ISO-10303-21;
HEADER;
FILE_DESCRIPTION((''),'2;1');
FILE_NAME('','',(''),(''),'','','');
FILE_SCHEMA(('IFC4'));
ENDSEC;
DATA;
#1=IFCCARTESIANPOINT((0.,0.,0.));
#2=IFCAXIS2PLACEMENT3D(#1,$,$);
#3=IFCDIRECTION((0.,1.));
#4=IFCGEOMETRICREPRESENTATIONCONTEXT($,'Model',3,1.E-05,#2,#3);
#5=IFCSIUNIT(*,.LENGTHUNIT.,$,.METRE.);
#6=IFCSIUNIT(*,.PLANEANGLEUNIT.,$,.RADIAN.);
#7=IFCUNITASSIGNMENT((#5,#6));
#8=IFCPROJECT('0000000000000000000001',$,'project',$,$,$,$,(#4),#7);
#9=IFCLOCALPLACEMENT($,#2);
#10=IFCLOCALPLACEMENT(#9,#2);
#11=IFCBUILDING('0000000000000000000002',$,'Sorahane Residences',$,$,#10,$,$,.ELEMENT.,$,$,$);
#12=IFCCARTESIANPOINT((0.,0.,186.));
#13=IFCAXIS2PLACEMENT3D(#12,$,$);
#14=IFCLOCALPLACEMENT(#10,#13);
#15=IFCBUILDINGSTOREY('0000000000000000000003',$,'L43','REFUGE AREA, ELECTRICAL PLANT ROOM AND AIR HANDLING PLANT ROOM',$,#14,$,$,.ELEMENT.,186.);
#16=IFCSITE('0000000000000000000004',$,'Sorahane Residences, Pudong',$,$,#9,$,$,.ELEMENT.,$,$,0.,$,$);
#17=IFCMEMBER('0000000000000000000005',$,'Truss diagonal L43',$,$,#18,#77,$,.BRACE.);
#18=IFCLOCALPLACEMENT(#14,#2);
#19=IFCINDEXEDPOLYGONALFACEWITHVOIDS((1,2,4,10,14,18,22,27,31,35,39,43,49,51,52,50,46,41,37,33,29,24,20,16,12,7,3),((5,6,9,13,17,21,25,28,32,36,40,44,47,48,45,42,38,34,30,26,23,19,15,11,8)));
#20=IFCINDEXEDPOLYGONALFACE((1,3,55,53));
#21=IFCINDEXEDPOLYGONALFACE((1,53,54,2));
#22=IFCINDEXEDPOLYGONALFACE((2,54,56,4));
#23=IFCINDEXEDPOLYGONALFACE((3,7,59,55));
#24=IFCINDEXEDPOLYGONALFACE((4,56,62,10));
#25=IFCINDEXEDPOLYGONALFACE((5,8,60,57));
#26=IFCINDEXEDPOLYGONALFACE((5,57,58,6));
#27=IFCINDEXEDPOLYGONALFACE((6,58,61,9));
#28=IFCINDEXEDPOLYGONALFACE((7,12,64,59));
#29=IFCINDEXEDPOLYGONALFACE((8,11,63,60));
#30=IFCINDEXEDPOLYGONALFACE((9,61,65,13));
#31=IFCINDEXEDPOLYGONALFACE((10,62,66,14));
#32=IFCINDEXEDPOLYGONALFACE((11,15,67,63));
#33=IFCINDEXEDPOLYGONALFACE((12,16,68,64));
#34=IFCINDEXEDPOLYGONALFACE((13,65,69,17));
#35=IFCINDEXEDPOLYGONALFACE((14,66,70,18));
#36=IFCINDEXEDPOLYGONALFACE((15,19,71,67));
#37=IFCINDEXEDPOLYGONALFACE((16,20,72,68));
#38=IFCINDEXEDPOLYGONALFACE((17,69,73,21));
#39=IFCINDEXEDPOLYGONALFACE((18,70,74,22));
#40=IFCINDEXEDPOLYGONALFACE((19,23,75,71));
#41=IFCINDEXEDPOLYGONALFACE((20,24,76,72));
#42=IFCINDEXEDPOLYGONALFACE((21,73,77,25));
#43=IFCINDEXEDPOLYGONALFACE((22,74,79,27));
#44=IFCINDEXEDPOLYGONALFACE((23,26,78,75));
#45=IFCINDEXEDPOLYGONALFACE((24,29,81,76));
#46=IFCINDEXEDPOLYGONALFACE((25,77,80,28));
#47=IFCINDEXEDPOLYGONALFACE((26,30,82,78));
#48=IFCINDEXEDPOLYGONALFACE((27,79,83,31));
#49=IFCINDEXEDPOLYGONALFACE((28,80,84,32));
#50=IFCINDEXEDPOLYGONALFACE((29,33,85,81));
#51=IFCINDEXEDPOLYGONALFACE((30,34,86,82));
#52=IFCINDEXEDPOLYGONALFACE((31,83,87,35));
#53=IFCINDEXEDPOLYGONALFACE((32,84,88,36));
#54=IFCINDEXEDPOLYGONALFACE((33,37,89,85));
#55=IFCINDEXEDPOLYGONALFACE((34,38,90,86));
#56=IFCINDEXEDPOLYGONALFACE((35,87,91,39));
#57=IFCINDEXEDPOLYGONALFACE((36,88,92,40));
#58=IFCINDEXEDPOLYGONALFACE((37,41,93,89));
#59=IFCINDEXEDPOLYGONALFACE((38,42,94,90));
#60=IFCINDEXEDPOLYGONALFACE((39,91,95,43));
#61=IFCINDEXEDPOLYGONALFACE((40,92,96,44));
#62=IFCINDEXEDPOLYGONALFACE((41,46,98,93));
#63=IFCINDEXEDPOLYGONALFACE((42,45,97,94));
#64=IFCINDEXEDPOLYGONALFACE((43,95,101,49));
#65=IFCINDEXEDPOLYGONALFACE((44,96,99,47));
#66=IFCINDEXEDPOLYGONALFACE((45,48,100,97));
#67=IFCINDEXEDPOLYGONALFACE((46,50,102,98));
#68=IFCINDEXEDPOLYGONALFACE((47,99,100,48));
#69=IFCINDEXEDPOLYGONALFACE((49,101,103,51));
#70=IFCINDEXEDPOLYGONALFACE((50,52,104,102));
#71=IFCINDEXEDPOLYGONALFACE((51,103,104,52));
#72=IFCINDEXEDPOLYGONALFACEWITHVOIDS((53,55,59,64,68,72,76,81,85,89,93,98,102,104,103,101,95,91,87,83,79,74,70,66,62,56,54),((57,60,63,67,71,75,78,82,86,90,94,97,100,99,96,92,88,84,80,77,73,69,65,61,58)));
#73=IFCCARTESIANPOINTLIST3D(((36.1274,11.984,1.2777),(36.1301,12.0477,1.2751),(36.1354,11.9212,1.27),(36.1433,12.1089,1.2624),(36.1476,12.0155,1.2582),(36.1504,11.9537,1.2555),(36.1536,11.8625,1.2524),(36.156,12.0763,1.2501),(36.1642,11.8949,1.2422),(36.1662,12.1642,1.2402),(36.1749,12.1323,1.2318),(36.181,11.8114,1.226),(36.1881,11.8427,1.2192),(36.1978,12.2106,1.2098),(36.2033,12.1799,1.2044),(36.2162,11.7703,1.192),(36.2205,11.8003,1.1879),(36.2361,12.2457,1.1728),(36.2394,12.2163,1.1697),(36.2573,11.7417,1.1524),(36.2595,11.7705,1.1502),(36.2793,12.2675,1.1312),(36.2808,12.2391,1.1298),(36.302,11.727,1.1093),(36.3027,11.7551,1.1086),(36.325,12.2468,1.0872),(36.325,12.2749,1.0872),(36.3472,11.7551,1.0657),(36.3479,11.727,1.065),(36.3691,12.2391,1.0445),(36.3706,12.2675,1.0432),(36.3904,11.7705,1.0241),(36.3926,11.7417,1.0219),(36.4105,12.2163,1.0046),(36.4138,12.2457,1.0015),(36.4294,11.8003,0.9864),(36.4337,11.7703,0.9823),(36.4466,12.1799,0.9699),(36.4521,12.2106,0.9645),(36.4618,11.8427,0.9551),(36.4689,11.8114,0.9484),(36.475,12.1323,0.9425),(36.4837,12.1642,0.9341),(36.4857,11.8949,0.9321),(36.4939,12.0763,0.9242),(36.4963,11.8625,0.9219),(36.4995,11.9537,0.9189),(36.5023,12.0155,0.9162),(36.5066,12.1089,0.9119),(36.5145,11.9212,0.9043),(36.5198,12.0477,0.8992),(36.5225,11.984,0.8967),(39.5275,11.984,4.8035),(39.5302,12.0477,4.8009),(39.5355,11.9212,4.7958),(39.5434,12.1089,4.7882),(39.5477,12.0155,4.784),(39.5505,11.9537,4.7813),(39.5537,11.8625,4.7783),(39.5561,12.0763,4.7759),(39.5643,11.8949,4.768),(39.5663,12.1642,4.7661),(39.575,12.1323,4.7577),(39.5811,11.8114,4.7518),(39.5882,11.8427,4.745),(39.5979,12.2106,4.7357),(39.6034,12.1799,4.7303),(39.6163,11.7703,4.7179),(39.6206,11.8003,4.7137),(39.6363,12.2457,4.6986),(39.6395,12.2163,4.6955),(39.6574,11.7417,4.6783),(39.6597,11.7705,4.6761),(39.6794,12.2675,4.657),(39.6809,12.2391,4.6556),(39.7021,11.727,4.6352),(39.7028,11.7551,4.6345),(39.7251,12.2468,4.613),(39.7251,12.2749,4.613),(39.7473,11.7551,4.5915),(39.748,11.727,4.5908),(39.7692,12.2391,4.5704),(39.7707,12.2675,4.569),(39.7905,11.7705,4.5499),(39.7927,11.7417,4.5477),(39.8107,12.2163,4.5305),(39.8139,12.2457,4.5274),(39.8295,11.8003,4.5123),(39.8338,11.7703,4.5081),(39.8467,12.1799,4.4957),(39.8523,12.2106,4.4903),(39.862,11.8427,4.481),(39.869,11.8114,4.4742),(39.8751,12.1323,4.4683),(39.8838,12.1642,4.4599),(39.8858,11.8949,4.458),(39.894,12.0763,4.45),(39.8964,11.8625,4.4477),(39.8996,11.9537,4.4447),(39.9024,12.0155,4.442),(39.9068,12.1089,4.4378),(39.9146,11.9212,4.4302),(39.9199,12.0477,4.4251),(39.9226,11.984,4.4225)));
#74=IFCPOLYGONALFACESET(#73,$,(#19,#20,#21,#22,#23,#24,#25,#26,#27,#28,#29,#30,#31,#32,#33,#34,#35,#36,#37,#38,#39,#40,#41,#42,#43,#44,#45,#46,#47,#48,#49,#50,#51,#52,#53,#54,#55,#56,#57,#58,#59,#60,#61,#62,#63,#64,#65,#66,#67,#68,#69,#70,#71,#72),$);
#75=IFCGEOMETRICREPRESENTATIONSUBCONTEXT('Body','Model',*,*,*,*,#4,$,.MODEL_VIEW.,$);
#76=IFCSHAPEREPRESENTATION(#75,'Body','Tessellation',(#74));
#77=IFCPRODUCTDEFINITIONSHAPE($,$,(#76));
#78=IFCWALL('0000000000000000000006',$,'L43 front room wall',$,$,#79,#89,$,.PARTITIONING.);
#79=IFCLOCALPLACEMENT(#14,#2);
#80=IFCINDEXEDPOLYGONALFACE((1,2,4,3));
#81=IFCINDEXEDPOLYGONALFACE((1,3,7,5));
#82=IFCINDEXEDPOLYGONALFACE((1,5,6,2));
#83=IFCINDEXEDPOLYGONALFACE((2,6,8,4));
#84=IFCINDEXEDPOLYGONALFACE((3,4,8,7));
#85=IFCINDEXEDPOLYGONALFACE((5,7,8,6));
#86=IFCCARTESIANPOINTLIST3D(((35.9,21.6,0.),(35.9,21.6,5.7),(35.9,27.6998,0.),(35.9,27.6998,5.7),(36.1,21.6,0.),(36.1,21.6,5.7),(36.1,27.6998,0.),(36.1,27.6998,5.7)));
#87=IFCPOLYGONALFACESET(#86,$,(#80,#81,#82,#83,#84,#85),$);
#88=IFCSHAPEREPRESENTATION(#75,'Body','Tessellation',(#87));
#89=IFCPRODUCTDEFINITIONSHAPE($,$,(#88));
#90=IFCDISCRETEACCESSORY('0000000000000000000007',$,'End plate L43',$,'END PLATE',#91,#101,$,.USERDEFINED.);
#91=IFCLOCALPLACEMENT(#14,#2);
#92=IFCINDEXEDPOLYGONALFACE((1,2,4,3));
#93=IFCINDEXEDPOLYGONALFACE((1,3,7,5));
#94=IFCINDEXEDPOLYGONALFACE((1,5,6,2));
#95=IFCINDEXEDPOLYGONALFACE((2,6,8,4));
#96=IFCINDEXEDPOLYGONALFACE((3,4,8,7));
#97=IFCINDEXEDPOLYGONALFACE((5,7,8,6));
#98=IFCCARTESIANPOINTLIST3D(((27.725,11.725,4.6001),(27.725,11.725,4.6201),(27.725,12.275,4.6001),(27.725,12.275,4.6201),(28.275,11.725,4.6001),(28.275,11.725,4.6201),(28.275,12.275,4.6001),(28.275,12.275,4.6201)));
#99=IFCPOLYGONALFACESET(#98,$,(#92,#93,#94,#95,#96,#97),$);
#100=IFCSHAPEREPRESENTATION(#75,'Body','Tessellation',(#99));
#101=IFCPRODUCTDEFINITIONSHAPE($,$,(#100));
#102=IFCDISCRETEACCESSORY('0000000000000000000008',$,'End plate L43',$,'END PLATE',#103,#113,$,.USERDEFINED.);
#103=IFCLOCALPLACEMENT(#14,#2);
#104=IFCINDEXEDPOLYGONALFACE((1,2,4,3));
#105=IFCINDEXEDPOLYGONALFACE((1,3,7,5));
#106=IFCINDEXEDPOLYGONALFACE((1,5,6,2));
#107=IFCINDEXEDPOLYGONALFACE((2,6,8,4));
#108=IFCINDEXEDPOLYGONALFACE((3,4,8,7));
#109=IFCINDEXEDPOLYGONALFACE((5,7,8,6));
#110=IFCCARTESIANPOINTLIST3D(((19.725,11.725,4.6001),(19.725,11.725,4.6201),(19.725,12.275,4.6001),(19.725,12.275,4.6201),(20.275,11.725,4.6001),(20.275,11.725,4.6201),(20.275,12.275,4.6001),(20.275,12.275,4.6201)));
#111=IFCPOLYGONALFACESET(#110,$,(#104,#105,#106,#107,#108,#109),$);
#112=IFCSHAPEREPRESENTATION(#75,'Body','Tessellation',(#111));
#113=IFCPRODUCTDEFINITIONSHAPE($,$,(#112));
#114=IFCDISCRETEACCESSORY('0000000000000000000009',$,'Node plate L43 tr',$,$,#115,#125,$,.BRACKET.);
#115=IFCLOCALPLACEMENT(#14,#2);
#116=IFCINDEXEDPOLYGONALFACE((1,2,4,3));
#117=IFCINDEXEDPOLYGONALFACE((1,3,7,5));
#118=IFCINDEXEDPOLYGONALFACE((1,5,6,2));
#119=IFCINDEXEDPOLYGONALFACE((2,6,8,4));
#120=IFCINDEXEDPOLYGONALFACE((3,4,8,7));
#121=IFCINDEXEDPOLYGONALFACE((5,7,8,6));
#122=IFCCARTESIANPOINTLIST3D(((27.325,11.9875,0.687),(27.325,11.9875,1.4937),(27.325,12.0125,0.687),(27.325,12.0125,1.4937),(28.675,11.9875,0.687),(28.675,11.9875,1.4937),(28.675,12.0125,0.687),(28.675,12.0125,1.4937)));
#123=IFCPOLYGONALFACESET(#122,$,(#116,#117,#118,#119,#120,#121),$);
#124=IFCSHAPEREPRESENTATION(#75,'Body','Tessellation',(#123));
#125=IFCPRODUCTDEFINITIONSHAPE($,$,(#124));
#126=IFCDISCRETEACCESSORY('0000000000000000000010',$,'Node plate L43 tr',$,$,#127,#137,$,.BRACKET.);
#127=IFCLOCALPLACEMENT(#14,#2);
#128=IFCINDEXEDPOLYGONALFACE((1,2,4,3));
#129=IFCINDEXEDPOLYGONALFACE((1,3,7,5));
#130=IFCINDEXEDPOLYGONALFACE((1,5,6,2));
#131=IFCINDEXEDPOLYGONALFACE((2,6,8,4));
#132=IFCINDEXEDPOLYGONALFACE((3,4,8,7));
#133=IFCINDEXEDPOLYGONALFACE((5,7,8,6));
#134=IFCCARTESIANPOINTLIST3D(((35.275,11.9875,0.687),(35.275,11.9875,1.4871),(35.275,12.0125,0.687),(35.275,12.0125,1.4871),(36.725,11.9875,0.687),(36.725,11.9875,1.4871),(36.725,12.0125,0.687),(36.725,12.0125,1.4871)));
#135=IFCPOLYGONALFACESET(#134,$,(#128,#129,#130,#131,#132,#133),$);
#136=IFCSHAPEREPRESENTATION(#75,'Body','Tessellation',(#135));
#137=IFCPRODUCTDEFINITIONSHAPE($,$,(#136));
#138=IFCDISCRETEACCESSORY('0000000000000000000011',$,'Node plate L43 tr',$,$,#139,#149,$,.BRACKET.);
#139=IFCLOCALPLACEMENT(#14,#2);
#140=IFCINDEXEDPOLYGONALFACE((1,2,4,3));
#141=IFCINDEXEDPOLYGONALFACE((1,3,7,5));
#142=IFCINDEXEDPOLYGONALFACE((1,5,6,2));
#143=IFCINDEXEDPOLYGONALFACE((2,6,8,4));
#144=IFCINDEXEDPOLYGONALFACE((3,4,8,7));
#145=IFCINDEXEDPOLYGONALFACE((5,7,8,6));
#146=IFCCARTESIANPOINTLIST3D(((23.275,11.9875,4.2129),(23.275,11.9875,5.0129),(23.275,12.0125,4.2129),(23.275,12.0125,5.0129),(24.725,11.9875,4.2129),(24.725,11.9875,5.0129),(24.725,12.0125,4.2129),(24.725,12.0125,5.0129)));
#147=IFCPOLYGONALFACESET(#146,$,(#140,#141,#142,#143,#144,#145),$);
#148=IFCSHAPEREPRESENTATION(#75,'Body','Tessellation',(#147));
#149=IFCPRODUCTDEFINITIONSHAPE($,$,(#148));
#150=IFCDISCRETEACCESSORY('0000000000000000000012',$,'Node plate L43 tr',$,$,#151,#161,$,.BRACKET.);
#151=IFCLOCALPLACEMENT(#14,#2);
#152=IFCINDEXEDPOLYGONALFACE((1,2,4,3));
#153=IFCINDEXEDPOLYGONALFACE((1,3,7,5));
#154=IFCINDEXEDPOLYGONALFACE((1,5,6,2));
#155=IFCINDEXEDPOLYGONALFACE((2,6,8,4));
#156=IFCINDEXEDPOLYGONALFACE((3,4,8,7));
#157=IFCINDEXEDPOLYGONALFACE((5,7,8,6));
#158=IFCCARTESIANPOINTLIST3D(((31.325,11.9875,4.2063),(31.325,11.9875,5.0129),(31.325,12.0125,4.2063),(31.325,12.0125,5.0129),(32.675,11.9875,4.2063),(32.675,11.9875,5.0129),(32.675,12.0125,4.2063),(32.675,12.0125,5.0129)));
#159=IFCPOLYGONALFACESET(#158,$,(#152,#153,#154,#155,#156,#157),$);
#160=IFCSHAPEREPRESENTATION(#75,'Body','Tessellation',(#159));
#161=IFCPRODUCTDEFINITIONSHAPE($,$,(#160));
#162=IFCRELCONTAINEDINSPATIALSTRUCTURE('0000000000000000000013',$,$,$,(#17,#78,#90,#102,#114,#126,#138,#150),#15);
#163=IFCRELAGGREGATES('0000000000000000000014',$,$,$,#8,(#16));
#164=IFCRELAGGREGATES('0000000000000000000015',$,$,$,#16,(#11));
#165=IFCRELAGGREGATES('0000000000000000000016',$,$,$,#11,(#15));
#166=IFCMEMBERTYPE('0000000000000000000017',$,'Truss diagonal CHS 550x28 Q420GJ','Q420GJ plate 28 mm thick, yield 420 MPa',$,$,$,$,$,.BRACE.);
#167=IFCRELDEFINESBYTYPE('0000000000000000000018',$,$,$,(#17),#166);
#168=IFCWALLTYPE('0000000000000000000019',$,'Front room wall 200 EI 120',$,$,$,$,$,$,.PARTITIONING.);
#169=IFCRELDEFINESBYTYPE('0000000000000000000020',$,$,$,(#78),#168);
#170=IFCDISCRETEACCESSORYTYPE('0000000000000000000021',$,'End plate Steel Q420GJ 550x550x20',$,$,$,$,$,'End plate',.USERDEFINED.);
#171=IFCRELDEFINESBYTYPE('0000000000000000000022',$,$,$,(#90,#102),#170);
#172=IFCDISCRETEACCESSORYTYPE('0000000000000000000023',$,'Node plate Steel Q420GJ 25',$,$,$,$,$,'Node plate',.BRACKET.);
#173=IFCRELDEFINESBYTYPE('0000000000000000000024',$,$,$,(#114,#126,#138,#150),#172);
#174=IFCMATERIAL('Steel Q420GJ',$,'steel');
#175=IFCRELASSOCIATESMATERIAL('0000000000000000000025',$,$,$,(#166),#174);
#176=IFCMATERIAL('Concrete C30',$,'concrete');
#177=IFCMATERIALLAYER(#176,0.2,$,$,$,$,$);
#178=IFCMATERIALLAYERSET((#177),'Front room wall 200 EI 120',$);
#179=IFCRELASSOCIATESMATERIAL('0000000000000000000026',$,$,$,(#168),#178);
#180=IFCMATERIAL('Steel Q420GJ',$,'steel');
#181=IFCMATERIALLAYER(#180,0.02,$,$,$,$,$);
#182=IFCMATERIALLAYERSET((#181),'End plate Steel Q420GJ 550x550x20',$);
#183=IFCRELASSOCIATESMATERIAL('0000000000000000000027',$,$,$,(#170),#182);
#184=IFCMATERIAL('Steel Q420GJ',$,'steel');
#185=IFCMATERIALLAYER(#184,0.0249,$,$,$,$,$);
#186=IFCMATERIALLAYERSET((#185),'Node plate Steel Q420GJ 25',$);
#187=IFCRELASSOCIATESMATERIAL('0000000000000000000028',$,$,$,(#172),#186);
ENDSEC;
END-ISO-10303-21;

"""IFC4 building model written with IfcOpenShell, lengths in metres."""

from ifc_helpers import new_model, si_unit, direction, frame, frame_2d, origin, origin_2d, place, context, subcontext, project, spatial, rectangle, hollow_circle, extrude, material, layer, layer_set, material_profile, profile_set, type_object, element, save


model = new_model("IFC4")

# Units and contexts
model_context = context("Model", 3, precision=1e-05, world=origin(), true_north=direction((0.0, 1.0)))
body_context = subcontext(model_context, "Body", "Model", "MODEL_VIEW")
ifc_project = project(units=[si_unit("LENGTHUNIT", "METRE"), si_unit("PLANEANGLEUNIT", "RADIAN")], contexts=[model_context])

# Site, building, storey
site_placement = place(None, origin())
site = spatial("IfcSite", under=ifc_project, at=site_placement, Name="Sorahane Residences, Pudong", CompositionType="ELEMENT", RefElevation=0.0)
building_placement = place(site_placement, origin())
building = spatial("IfcBuilding", under=site, at=building_placement, Name="Sorahane Residences", CompositionType="ELEMENT")
storey_placement = place(building_placement, frame((0.0, 0.0, 186.0)))
storey = spatial("IfcBuildingStorey", under=building, at=storey_placement, Name="L43", Description="REFUGE AREA, ELECTRICAL PLANT ROOM AND AIR HANDLING PLANT ROOM", CompositionType="ELEMENT", Elevation=186.0)

# Member
ifc_material_1 = material(Name="Steel Q420GJ", Category="steel")
ifc_material_profile_1 = material_profile(ifc_material_1, hollow_circle(Radius=0.2749, WallThickness=0.0281, at=origin_2d()), Name="CHS 550x28")
ifc_profile_set_1 = profile_set([ifc_material_profile_1], Name="Steel Q420GJ")
member_type = type_object("IfcMemberType", Name="Truss diagonal CHS 550x28 Q420GJ", Description="Q420GJ plate 28 mm thick, yield 420 MPa", PredefinedType="BRACE", material=ifc_profile_set_1)
for number, where, z_axis, x_axis, name in (
    (1, (36.325, 12.0, 1.0872), (0.694156, 0.0, 0.719825), (0.0, 1.0, 0.0), "Truss diagonal L43"),
):
    element("IfcMember", number, at=place(storey_placement, frame(where, z_axis=z_axis, x_axis=x_axis)), inside=storey, type_object=member_type, Name=name, PredefinedType="BRACE", context=body_context, shape_type="SweptSolid", body=[
        extrude(hollow_circle(Radius=0.2749, WallThickness=0.0281, at=origin_2d()), origin(), (0.0, 0.0, 1.0), 4.8982),
    ])

# Wall
ifc_material_2 = material(Name="Concrete C30", Category="concrete")
ifc_layer_1 = layer(ifc_material_2, 0.2)
ifc_layer_set_1 = layer_set([ifc_layer_1], Name="Front room wall 200 EI 120")
wall_type = type_object("IfcWallType", Name="Front room wall 200 EI 120", PredefinedType="PARTITIONING", material=ifc_layer_set_1)
wall_placement = place(storey_placement, frame((36.0, 21.6001, 0.0), z_axis=(0.0, 0.0, 1.0), x_axis=(0.0, 1.0, 0.0)))
element("IfcWall", 2, at=wall_placement, inside=storey, type_object=wall_type, Name="L43 front room wall", PredefinedType="PARTITIONING", context=body_context, shape_type="SweptSolid", body=[
    extrude(rectangle(XDim=6.0999, YDim=0.2, at=frame_2d((3.0498, 0.0))), origin(), (0.0, 0.0, 1.0), 5.7),
])

# Discrete accessories
ifc_material_3 = material(Name="Steel Q420GJ", Category="steel")
ifc_layer_2 = layer(ifc_material_3, 0.02)
ifc_layer_set_2 = layer_set([ifc_layer_2], Name="End plate Steel Q420GJ 550x550x20")
discrete_accessory_type_1 = type_object("IfcDiscreteAccessoryType", Name="End plate Steel Q420GJ 550x550x20", ElementType="End plate", PredefinedType="USERDEFINED", material=ifc_layer_set_2)
for number, where, z_axis, x_axis, name in (
    (3, (28.0, 12.0, 4.6001), (0.0, 0.0, 1.0), (1.0, 0.0, 0.0), "End plate L43"),
    (4, (20.0, 12.0, 4.6001), (0.0, 0.0, 1.0), (1.0, 0.0, 0.0), "End plate L43"),
):
    element("IfcDiscreteAccessory", number, at=place(storey_placement, frame(where, z_axis=z_axis, x_axis=x_axis)), inside=storey, type_object=discrete_accessory_type_1, Name=name, ObjectType="END PLATE", PredefinedType="USERDEFINED", context=body_context, shape_type="SweptSolid", body=[
        extrude(rectangle(XDim=0.55, YDim=0.55, at=origin_2d()), origin(), (0.0, 0.0, 1.0), 0.02),
    ])
ifc_material_4 = material(Name="Steel Q420GJ", Category="steel")
ifc_layer_3 = layer(ifc_material_4, 0.0249)
ifc_layer_set_3 = layer_set([ifc_layer_3], Name="Node plate Steel Q420GJ 25")
discrete_accessory_type_2 = type_object("IfcDiscreteAccessoryType", Name="Node plate Steel Q420GJ 25", ElementType="Node plate", PredefinedType="BRACKET", material=ifc_layer_set_3)
discrete_accessory_1_placement = place(storey_placement, frame((28.0, 12.0, 0.687), z_axis=(0.0, 0.0, 1.0), x_axis=(1.0, 0.0, 0.0)))
element("IfcDiscreteAccessory", 5, at=discrete_accessory_1_placement, inside=storey, type_object=discrete_accessory_type_2, Name="Node plate L43 tr", PredefinedType="BRACKET", context=body_context, shape_type="SweptSolid", body=[
    extrude(rectangle(XDim=1.3501, YDim=0.0249, at=origin_2d()), origin(), (0.0, 0.0, 1.0), 0.8066),
])
for number, where, z_axis, x_axis, name in (
    (6, (36.0, 12.0, 0.687), (0.0, 0.0, 1.0), (1.0, 0.0, 0.0), "Node plate L43 tr"),
    (7, (24.0, 12.0, 4.2129), (0.0, 0.0, 1.0), (1.0, 0.0, 0.0), "Node plate L43 tr"),
):
    element("IfcDiscreteAccessory", number, at=place(storey_placement, frame(where, z_axis=z_axis, x_axis=x_axis)), inside=storey, type_object=discrete_accessory_type_2, Name=name, PredefinedType="BRACKET", context=body_context, shape_type="SweptSolid", body=[
        extrude(rectangle(XDim=1.45, YDim=0.0249, at=origin_2d()), origin(), (0.0, 0.0, 1.0), 0.8),
    ])
discrete_accessory_2_placement = place(storey_placement, frame((32.0, 12.0, 4.2063), z_axis=(0.0, 0.0, 1.0), x_axis=(1.0, 0.0, 0.0)))
element("IfcDiscreteAccessory", 8, at=discrete_accessory_2_placement, inside=storey, type_object=discrete_accessory_type_2, Name="Node plate L43 tr", PredefinedType="BRACKET", context=body_context, shape_type="SweptSolid", body=[
    extrude(rectangle(XDim=1.3501, YDim=0.0249, at=origin_2d()), origin(), (0.0, 0.0, 1.0), 0.8066),
])

save(model, "model.ifc")
